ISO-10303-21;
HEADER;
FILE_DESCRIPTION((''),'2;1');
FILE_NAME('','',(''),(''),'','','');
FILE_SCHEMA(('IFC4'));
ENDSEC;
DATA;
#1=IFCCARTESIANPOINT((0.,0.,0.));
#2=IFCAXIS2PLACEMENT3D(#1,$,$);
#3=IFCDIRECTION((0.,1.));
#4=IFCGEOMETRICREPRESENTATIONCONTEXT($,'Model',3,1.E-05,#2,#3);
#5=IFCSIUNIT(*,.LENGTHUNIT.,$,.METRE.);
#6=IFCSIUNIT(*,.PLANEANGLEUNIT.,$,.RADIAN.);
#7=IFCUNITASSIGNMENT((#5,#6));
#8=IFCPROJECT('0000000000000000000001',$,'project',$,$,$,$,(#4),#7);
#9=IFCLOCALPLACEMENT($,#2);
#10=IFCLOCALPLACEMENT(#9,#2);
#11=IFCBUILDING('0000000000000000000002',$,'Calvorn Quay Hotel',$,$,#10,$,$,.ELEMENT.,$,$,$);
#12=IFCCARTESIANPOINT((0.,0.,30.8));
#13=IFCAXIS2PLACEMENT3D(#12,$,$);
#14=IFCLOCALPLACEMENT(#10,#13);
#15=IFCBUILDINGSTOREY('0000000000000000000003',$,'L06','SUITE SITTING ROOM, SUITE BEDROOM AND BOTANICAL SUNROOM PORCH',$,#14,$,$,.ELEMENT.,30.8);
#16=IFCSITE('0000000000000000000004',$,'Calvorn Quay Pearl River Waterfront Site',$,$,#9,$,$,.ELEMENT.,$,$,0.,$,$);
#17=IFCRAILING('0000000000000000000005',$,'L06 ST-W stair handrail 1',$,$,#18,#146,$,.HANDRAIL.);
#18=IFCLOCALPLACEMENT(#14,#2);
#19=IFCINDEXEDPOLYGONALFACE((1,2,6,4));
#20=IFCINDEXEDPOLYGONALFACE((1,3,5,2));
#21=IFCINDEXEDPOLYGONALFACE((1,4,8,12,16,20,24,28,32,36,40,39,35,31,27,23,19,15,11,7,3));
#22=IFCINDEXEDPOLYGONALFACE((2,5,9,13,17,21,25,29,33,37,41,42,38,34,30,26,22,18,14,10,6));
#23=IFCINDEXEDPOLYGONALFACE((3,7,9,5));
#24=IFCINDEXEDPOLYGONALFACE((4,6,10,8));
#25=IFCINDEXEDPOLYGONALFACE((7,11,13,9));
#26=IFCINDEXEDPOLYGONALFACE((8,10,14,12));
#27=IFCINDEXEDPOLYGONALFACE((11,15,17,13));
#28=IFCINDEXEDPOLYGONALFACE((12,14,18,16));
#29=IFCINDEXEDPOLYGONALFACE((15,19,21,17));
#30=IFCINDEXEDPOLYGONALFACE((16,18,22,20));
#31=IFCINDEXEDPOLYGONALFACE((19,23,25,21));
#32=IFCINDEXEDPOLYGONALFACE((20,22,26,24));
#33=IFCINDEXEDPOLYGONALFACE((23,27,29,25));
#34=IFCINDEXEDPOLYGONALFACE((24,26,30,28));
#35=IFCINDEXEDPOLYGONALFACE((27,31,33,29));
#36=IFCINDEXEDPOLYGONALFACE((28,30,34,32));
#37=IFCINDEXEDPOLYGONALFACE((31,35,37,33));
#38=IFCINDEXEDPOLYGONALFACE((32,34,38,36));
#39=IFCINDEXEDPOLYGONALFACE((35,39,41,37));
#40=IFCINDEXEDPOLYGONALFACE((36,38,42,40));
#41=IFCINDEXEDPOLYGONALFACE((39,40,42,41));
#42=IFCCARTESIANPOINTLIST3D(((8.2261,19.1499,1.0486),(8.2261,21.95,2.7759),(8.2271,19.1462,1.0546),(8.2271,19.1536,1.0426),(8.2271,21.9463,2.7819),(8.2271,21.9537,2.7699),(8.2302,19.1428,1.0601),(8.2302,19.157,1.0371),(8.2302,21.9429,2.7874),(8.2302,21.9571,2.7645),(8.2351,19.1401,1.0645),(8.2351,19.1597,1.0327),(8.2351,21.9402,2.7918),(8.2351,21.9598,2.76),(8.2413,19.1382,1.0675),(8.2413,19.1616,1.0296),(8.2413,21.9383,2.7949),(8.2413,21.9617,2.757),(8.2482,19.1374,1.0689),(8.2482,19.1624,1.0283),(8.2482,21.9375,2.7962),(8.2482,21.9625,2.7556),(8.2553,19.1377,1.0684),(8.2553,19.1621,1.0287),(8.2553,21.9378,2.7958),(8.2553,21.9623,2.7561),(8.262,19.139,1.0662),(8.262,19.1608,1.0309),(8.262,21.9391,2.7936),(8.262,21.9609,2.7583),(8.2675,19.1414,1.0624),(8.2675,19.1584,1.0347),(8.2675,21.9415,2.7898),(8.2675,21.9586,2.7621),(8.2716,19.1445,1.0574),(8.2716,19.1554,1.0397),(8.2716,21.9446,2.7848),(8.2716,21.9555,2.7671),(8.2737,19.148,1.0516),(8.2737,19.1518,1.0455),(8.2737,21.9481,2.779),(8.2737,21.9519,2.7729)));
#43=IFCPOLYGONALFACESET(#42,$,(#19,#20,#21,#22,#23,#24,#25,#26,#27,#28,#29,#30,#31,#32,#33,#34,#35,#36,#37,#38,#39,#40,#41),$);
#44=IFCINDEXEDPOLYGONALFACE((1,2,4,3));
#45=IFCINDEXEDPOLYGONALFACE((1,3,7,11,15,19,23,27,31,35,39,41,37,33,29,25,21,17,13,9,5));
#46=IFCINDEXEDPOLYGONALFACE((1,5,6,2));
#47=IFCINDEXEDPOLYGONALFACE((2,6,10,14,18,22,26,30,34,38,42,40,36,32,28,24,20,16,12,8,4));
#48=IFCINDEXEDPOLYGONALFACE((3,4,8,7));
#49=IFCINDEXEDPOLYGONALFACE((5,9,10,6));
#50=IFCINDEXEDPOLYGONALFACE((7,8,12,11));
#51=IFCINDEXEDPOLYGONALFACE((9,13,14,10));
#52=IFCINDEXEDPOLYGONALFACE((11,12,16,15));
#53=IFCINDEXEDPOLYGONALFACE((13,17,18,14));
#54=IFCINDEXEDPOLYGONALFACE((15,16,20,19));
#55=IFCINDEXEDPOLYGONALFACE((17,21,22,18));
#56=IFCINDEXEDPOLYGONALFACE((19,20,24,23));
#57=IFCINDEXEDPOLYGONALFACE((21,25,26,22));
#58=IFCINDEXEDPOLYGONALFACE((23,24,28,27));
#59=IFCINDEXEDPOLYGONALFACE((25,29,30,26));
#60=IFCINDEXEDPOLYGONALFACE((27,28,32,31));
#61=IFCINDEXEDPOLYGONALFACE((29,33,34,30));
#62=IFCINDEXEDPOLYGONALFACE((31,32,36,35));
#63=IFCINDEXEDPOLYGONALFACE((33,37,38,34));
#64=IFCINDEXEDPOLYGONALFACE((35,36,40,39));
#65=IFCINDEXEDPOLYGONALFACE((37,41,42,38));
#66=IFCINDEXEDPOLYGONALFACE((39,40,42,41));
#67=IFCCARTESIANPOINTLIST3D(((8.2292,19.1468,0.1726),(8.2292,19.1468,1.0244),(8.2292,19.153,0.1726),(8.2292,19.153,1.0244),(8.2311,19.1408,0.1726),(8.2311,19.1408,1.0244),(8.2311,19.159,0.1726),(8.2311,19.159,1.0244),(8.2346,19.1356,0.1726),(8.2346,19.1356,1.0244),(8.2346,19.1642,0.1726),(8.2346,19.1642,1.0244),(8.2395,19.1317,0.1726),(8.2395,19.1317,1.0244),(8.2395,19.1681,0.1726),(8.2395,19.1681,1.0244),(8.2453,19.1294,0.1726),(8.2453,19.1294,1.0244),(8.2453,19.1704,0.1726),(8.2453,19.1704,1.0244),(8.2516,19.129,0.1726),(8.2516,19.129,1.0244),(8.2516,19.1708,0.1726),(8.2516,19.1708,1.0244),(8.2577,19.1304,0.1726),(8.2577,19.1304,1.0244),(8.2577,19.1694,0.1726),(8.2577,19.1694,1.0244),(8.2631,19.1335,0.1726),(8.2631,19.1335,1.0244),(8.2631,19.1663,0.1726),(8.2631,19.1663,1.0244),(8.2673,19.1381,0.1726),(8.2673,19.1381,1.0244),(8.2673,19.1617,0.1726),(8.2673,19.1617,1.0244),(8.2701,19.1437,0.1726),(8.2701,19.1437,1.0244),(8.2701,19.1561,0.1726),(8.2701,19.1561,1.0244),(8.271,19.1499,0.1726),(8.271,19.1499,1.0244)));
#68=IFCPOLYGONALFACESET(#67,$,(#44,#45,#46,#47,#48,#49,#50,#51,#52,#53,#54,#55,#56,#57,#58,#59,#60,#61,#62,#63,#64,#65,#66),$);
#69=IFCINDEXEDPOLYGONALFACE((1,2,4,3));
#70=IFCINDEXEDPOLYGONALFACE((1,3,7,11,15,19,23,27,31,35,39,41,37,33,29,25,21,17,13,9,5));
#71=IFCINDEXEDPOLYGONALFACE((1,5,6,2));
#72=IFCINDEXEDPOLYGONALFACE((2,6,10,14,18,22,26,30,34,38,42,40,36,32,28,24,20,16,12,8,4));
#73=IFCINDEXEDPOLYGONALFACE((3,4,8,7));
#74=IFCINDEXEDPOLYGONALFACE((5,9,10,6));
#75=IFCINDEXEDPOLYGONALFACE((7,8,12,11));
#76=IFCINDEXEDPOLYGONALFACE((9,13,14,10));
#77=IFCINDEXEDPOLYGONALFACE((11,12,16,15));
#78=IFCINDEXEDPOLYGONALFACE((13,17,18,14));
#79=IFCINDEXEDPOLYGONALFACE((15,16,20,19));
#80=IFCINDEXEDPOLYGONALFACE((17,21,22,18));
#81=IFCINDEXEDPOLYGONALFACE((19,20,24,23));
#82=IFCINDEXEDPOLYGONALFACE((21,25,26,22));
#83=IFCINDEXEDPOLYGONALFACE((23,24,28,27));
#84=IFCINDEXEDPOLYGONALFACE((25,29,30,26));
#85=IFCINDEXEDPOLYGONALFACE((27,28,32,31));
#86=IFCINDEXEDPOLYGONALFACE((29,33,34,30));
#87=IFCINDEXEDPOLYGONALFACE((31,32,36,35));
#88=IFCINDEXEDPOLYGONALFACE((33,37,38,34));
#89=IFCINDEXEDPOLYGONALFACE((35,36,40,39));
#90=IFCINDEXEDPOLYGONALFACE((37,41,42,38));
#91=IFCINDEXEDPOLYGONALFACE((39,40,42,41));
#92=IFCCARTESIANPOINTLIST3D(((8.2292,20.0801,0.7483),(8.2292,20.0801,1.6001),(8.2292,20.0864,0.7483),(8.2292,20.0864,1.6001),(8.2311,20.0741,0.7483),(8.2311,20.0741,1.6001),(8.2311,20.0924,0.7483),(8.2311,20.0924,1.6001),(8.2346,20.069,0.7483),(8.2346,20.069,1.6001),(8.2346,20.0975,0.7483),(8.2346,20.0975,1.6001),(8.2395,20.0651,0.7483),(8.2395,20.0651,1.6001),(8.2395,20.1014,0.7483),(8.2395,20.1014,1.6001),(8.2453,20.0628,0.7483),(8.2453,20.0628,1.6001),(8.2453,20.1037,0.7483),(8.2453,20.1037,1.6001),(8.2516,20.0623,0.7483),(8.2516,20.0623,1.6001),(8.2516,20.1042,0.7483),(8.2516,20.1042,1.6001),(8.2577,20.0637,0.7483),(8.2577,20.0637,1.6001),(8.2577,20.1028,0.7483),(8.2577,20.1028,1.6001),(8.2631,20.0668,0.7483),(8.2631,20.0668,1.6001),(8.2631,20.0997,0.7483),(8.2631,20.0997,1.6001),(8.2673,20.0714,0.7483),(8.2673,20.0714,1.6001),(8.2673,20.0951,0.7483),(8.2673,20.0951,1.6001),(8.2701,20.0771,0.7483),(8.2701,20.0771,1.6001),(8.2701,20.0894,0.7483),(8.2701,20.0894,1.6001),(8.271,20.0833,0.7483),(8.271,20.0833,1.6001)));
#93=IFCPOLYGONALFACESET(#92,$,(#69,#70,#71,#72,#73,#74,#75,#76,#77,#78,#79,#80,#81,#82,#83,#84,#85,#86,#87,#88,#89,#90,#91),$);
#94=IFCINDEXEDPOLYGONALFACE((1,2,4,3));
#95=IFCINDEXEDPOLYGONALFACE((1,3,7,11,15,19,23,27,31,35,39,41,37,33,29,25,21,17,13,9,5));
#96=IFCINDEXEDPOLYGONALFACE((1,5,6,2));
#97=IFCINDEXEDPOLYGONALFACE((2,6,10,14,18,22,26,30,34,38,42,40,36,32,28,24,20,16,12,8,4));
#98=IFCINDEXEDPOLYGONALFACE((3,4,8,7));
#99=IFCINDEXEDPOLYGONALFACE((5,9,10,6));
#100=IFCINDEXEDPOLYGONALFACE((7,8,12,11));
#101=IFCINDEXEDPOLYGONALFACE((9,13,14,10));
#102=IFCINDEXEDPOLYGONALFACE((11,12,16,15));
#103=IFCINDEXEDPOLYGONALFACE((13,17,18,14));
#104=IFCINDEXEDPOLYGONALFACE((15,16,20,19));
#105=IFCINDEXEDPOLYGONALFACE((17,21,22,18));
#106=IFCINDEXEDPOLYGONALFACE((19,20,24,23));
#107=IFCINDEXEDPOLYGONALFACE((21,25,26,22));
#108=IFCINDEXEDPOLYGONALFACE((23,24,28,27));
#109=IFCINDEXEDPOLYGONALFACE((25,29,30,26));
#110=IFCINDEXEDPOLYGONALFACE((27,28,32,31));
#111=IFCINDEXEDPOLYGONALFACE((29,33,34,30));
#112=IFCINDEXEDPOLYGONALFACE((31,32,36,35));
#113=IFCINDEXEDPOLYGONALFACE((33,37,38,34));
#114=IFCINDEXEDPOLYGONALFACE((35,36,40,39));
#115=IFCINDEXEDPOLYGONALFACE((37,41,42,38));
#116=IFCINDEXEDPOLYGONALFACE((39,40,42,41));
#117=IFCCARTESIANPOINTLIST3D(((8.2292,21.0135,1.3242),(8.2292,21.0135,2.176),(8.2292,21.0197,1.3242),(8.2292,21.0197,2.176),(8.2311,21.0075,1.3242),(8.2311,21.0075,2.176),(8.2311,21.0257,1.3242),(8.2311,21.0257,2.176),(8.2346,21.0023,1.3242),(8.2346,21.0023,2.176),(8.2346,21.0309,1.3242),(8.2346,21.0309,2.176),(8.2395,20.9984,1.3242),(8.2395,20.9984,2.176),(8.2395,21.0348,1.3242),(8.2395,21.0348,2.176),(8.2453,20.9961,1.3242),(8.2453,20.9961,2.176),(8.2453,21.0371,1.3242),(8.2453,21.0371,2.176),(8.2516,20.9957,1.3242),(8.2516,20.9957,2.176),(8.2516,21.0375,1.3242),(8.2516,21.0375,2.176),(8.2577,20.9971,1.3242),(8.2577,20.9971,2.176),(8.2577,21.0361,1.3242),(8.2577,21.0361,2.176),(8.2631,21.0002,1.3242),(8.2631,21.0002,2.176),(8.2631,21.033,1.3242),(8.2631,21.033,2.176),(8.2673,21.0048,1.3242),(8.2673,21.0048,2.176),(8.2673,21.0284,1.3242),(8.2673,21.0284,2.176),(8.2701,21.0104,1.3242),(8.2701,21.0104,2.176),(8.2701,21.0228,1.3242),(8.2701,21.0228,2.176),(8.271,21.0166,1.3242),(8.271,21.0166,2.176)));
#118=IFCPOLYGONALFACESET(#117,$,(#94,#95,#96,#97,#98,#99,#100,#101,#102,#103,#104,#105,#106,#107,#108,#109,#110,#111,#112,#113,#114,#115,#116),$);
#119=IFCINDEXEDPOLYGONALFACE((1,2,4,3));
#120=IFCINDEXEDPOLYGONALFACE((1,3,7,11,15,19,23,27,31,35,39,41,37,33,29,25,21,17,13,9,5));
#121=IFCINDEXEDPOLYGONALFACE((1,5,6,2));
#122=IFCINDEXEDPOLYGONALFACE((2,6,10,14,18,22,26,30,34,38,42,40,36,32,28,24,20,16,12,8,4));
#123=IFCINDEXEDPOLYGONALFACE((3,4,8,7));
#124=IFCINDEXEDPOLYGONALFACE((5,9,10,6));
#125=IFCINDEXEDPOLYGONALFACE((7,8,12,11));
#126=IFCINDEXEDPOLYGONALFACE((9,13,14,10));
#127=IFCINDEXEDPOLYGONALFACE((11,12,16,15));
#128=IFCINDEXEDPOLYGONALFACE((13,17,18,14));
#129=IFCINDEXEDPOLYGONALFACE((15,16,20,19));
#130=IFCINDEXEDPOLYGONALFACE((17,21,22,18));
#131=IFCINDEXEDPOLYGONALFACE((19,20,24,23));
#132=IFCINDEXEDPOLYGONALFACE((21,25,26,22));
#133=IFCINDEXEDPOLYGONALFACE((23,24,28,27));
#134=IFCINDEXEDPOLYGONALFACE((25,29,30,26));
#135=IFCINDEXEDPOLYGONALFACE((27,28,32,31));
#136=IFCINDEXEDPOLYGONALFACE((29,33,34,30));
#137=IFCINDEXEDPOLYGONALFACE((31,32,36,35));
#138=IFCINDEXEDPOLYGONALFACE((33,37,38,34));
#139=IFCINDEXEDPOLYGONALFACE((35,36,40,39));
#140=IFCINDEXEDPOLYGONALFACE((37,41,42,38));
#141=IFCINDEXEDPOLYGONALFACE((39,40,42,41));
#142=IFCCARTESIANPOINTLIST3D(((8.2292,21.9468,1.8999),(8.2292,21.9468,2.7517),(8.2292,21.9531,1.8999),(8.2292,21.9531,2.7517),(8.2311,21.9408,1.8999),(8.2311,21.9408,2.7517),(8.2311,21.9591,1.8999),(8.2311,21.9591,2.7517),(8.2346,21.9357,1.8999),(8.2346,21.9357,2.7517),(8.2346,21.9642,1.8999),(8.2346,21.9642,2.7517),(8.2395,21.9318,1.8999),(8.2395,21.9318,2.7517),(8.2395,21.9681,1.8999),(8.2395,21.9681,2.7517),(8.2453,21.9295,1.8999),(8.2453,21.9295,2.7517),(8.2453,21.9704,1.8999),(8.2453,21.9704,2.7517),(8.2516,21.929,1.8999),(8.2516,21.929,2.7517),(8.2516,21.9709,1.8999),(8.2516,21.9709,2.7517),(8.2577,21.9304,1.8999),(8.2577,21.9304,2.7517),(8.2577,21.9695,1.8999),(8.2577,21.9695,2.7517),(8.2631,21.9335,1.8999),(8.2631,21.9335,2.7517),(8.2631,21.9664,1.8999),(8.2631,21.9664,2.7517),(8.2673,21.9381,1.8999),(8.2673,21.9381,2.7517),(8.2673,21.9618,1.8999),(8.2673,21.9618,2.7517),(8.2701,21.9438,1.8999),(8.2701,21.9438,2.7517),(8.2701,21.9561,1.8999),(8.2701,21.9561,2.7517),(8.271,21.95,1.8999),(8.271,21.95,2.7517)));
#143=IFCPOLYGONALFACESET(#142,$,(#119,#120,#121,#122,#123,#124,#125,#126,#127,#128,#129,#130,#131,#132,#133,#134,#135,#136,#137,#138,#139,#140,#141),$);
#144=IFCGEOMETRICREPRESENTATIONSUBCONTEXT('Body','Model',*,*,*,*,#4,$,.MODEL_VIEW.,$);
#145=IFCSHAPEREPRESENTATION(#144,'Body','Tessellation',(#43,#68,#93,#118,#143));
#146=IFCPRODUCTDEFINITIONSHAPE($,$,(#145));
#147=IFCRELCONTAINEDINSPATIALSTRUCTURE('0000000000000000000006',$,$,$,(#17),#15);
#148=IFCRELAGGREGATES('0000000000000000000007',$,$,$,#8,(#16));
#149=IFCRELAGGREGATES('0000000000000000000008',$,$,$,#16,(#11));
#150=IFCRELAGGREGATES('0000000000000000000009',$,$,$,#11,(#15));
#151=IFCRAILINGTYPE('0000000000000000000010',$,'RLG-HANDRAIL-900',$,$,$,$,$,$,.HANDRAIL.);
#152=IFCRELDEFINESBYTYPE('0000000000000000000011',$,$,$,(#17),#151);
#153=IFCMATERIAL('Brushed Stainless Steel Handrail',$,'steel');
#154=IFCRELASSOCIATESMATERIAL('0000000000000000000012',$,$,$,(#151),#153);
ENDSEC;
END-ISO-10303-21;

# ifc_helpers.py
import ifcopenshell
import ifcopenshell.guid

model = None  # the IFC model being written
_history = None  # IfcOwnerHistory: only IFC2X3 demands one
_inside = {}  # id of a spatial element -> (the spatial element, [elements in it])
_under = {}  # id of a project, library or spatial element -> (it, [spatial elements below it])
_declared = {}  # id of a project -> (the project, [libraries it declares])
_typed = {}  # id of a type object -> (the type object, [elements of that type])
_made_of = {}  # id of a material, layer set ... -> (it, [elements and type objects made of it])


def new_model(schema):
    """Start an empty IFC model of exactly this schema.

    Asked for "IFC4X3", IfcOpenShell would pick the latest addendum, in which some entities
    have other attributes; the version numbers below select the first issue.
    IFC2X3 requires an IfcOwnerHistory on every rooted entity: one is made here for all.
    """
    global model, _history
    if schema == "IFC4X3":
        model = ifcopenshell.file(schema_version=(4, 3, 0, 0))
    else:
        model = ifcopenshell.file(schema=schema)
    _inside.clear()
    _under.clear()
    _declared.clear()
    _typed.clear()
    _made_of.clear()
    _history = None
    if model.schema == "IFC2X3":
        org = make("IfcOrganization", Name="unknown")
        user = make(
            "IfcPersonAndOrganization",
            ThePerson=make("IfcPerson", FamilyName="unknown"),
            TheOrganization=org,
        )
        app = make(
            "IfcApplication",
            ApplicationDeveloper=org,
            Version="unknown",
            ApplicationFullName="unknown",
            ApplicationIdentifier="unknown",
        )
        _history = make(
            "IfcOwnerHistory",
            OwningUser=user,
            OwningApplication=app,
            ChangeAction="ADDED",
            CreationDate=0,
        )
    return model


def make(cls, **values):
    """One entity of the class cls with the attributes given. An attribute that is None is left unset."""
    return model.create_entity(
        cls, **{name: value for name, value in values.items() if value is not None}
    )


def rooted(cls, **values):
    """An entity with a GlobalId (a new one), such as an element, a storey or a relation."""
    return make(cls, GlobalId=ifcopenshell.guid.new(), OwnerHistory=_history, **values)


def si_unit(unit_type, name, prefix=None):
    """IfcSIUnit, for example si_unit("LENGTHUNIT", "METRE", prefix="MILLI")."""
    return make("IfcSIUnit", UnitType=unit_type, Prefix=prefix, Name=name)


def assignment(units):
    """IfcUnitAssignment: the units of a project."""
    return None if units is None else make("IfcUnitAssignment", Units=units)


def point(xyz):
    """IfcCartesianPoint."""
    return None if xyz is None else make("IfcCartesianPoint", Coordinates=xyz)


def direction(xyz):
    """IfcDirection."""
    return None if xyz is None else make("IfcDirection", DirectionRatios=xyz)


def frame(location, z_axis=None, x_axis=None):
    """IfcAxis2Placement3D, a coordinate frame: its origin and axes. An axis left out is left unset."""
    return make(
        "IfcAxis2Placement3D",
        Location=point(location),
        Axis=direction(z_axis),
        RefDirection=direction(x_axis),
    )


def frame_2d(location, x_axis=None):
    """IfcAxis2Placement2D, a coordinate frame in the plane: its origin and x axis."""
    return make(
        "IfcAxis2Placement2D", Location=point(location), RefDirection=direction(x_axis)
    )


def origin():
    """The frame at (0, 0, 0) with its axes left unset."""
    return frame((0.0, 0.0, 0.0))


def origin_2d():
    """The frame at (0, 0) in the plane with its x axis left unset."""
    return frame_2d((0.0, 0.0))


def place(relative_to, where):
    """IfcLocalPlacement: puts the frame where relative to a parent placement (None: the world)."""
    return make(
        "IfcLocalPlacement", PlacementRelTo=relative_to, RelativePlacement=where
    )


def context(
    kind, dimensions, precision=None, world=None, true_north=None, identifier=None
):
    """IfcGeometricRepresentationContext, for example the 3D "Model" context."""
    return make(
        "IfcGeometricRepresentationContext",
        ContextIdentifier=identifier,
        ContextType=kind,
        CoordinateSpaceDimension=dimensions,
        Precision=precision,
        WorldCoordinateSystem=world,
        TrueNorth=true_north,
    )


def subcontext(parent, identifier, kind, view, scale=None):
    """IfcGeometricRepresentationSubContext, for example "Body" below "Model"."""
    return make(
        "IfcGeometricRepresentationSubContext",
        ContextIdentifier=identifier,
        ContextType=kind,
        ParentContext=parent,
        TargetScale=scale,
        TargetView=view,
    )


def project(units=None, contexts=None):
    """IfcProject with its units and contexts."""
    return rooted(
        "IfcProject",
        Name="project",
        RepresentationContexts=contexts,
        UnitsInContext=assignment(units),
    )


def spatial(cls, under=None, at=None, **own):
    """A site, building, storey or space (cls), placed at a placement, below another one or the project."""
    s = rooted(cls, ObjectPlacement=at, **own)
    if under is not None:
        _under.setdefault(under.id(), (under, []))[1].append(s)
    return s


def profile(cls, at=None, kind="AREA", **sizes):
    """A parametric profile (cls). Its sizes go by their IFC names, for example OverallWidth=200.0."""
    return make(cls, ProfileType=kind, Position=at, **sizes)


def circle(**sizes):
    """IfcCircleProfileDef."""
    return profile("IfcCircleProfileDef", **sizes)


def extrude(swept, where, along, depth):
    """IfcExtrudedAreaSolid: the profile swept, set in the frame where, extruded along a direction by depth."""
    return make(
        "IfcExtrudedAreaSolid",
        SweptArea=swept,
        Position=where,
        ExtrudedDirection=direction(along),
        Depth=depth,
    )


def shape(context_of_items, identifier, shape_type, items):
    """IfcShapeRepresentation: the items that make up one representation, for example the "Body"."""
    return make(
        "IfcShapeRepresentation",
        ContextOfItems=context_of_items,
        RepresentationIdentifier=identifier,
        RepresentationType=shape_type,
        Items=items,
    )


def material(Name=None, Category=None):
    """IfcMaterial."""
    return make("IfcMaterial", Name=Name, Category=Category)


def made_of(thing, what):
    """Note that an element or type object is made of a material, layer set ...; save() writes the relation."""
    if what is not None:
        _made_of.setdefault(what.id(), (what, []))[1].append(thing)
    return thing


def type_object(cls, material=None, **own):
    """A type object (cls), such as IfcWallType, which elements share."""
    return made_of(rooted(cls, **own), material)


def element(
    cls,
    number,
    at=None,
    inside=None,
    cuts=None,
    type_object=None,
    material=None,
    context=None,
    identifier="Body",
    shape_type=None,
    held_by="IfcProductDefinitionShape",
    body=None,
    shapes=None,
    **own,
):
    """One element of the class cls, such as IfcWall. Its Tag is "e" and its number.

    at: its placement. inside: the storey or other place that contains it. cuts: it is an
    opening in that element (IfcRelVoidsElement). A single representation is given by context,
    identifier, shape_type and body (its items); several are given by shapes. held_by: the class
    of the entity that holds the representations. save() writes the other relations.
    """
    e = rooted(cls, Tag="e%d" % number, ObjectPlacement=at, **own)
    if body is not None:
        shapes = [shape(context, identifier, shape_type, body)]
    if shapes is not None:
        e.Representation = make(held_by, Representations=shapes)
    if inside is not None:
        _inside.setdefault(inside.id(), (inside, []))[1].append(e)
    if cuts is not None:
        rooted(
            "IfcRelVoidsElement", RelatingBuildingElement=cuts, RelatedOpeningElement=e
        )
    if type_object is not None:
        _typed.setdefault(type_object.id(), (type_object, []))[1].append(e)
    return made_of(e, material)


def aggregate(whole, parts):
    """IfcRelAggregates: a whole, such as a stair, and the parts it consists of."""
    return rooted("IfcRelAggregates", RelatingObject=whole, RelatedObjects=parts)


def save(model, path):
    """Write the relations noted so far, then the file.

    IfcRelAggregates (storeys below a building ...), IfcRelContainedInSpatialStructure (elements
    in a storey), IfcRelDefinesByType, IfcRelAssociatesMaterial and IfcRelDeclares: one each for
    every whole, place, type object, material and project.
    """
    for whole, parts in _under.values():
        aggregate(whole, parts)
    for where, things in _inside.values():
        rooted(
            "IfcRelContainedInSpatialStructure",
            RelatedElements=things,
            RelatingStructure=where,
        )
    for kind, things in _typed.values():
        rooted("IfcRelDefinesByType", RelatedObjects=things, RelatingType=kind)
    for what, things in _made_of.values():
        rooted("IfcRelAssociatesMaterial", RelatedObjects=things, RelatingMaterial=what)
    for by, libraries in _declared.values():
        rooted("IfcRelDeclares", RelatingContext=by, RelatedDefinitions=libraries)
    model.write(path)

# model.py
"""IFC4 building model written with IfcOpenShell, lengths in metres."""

from ifc_helpers import new_model, si_unit, direction, frame, origin, origin_2d, place, context, subcontext, project, spatial, circle, extrude, material, type_object, element, save


model = new_model("IFC4")

# Units and contexts
model_context = context("Model", 3, precision=1e-05, world=origin(), true_north=direction((0.0, 1.0)))
body_context = subcontext(model_context, "Body", "Model", "MODEL_VIEW")
ifc_project = project(units=[si_unit("LENGTHUNIT", "METRE"), si_unit("PLANEANGLEUNIT", "RADIAN")], contexts=[model_context])

# Site, building, storey
site_placement = place(None, origin())
site = spatial("IfcSite", under=ifc_project, at=site_placement, Name="Calvorn Quay Pearl River Waterfront Site", CompositionType="ELEMENT", RefElevation=0.0)
building_placement = place(site_placement, origin())
building = spatial("IfcBuilding", under=site, at=building_placement, Name="Calvorn Quay Hotel", CompositionType="ELEMENT")
storey_placement = place(building_placement, frame((0.0, 0.0, 30.8)))
storey = spatial("IfcBuildingStorey", under=building, at=storey_placement, Name="L06", Description="SUITE SITTING ROOM, SUITE BEDROOM AND BOTANICAL SUNROOM PORCH", CompositionType="ELEMENT", Elevation=30.8)

# Railing
ifc_material_1 = material(Name="Brushed Stainless Steel Handrail", Category="steel")
railing_type_1 = type_object("IfcRailingType", Name="RLG-HANDRAIL-900", PredefinedType="HANDRAIL", material=ifc_material_1)
railing_1_placement = place(storey_placement, frame((8.25, 19.1499, 0.1726)))
element("IfcRailing", 1, at=railing_1_placement, inside=storey, type_object=railing_type_1, Name="L06 ST-W stair handrail 1", PredefinedType="HANDRAIL", context=body_context, shape_type="SweptSolid", body=[
    extrude(circle(Radius=0.0239, at=origin_2d()), frame((0.0, 0.0, 0.876), z_axis=(0.0, 0.85109, 0.52502), x_axis=(-1.0, 0.0, 0.0)), (0.0, 0.0, 1.0), 3.29),
    extrude(circle(Radius=0.021, at=origin_2d()), origin(), (0.0, 0.0, 1.0), 0.8518),
    extrude(circle(Radius=0.021, at=origin_2d()), frame((0.0, 0.9333, 0.5757)), (0.0, 0.0, 1.0), 0.8518),
    extrude(circle(Radius=0.021, at=origin_2d()), frame((0.0, 1.8667, 1.1516)), (0.0, 0.0, 1.0), 0.8518),
    extrude(circle(Radius=0.021, at=origin_2d()), frame((0.0, 2.8, 1.7273)), (0.0, 0.0, 1.0), 0.8518),
])

save(model, "model.ifc")
